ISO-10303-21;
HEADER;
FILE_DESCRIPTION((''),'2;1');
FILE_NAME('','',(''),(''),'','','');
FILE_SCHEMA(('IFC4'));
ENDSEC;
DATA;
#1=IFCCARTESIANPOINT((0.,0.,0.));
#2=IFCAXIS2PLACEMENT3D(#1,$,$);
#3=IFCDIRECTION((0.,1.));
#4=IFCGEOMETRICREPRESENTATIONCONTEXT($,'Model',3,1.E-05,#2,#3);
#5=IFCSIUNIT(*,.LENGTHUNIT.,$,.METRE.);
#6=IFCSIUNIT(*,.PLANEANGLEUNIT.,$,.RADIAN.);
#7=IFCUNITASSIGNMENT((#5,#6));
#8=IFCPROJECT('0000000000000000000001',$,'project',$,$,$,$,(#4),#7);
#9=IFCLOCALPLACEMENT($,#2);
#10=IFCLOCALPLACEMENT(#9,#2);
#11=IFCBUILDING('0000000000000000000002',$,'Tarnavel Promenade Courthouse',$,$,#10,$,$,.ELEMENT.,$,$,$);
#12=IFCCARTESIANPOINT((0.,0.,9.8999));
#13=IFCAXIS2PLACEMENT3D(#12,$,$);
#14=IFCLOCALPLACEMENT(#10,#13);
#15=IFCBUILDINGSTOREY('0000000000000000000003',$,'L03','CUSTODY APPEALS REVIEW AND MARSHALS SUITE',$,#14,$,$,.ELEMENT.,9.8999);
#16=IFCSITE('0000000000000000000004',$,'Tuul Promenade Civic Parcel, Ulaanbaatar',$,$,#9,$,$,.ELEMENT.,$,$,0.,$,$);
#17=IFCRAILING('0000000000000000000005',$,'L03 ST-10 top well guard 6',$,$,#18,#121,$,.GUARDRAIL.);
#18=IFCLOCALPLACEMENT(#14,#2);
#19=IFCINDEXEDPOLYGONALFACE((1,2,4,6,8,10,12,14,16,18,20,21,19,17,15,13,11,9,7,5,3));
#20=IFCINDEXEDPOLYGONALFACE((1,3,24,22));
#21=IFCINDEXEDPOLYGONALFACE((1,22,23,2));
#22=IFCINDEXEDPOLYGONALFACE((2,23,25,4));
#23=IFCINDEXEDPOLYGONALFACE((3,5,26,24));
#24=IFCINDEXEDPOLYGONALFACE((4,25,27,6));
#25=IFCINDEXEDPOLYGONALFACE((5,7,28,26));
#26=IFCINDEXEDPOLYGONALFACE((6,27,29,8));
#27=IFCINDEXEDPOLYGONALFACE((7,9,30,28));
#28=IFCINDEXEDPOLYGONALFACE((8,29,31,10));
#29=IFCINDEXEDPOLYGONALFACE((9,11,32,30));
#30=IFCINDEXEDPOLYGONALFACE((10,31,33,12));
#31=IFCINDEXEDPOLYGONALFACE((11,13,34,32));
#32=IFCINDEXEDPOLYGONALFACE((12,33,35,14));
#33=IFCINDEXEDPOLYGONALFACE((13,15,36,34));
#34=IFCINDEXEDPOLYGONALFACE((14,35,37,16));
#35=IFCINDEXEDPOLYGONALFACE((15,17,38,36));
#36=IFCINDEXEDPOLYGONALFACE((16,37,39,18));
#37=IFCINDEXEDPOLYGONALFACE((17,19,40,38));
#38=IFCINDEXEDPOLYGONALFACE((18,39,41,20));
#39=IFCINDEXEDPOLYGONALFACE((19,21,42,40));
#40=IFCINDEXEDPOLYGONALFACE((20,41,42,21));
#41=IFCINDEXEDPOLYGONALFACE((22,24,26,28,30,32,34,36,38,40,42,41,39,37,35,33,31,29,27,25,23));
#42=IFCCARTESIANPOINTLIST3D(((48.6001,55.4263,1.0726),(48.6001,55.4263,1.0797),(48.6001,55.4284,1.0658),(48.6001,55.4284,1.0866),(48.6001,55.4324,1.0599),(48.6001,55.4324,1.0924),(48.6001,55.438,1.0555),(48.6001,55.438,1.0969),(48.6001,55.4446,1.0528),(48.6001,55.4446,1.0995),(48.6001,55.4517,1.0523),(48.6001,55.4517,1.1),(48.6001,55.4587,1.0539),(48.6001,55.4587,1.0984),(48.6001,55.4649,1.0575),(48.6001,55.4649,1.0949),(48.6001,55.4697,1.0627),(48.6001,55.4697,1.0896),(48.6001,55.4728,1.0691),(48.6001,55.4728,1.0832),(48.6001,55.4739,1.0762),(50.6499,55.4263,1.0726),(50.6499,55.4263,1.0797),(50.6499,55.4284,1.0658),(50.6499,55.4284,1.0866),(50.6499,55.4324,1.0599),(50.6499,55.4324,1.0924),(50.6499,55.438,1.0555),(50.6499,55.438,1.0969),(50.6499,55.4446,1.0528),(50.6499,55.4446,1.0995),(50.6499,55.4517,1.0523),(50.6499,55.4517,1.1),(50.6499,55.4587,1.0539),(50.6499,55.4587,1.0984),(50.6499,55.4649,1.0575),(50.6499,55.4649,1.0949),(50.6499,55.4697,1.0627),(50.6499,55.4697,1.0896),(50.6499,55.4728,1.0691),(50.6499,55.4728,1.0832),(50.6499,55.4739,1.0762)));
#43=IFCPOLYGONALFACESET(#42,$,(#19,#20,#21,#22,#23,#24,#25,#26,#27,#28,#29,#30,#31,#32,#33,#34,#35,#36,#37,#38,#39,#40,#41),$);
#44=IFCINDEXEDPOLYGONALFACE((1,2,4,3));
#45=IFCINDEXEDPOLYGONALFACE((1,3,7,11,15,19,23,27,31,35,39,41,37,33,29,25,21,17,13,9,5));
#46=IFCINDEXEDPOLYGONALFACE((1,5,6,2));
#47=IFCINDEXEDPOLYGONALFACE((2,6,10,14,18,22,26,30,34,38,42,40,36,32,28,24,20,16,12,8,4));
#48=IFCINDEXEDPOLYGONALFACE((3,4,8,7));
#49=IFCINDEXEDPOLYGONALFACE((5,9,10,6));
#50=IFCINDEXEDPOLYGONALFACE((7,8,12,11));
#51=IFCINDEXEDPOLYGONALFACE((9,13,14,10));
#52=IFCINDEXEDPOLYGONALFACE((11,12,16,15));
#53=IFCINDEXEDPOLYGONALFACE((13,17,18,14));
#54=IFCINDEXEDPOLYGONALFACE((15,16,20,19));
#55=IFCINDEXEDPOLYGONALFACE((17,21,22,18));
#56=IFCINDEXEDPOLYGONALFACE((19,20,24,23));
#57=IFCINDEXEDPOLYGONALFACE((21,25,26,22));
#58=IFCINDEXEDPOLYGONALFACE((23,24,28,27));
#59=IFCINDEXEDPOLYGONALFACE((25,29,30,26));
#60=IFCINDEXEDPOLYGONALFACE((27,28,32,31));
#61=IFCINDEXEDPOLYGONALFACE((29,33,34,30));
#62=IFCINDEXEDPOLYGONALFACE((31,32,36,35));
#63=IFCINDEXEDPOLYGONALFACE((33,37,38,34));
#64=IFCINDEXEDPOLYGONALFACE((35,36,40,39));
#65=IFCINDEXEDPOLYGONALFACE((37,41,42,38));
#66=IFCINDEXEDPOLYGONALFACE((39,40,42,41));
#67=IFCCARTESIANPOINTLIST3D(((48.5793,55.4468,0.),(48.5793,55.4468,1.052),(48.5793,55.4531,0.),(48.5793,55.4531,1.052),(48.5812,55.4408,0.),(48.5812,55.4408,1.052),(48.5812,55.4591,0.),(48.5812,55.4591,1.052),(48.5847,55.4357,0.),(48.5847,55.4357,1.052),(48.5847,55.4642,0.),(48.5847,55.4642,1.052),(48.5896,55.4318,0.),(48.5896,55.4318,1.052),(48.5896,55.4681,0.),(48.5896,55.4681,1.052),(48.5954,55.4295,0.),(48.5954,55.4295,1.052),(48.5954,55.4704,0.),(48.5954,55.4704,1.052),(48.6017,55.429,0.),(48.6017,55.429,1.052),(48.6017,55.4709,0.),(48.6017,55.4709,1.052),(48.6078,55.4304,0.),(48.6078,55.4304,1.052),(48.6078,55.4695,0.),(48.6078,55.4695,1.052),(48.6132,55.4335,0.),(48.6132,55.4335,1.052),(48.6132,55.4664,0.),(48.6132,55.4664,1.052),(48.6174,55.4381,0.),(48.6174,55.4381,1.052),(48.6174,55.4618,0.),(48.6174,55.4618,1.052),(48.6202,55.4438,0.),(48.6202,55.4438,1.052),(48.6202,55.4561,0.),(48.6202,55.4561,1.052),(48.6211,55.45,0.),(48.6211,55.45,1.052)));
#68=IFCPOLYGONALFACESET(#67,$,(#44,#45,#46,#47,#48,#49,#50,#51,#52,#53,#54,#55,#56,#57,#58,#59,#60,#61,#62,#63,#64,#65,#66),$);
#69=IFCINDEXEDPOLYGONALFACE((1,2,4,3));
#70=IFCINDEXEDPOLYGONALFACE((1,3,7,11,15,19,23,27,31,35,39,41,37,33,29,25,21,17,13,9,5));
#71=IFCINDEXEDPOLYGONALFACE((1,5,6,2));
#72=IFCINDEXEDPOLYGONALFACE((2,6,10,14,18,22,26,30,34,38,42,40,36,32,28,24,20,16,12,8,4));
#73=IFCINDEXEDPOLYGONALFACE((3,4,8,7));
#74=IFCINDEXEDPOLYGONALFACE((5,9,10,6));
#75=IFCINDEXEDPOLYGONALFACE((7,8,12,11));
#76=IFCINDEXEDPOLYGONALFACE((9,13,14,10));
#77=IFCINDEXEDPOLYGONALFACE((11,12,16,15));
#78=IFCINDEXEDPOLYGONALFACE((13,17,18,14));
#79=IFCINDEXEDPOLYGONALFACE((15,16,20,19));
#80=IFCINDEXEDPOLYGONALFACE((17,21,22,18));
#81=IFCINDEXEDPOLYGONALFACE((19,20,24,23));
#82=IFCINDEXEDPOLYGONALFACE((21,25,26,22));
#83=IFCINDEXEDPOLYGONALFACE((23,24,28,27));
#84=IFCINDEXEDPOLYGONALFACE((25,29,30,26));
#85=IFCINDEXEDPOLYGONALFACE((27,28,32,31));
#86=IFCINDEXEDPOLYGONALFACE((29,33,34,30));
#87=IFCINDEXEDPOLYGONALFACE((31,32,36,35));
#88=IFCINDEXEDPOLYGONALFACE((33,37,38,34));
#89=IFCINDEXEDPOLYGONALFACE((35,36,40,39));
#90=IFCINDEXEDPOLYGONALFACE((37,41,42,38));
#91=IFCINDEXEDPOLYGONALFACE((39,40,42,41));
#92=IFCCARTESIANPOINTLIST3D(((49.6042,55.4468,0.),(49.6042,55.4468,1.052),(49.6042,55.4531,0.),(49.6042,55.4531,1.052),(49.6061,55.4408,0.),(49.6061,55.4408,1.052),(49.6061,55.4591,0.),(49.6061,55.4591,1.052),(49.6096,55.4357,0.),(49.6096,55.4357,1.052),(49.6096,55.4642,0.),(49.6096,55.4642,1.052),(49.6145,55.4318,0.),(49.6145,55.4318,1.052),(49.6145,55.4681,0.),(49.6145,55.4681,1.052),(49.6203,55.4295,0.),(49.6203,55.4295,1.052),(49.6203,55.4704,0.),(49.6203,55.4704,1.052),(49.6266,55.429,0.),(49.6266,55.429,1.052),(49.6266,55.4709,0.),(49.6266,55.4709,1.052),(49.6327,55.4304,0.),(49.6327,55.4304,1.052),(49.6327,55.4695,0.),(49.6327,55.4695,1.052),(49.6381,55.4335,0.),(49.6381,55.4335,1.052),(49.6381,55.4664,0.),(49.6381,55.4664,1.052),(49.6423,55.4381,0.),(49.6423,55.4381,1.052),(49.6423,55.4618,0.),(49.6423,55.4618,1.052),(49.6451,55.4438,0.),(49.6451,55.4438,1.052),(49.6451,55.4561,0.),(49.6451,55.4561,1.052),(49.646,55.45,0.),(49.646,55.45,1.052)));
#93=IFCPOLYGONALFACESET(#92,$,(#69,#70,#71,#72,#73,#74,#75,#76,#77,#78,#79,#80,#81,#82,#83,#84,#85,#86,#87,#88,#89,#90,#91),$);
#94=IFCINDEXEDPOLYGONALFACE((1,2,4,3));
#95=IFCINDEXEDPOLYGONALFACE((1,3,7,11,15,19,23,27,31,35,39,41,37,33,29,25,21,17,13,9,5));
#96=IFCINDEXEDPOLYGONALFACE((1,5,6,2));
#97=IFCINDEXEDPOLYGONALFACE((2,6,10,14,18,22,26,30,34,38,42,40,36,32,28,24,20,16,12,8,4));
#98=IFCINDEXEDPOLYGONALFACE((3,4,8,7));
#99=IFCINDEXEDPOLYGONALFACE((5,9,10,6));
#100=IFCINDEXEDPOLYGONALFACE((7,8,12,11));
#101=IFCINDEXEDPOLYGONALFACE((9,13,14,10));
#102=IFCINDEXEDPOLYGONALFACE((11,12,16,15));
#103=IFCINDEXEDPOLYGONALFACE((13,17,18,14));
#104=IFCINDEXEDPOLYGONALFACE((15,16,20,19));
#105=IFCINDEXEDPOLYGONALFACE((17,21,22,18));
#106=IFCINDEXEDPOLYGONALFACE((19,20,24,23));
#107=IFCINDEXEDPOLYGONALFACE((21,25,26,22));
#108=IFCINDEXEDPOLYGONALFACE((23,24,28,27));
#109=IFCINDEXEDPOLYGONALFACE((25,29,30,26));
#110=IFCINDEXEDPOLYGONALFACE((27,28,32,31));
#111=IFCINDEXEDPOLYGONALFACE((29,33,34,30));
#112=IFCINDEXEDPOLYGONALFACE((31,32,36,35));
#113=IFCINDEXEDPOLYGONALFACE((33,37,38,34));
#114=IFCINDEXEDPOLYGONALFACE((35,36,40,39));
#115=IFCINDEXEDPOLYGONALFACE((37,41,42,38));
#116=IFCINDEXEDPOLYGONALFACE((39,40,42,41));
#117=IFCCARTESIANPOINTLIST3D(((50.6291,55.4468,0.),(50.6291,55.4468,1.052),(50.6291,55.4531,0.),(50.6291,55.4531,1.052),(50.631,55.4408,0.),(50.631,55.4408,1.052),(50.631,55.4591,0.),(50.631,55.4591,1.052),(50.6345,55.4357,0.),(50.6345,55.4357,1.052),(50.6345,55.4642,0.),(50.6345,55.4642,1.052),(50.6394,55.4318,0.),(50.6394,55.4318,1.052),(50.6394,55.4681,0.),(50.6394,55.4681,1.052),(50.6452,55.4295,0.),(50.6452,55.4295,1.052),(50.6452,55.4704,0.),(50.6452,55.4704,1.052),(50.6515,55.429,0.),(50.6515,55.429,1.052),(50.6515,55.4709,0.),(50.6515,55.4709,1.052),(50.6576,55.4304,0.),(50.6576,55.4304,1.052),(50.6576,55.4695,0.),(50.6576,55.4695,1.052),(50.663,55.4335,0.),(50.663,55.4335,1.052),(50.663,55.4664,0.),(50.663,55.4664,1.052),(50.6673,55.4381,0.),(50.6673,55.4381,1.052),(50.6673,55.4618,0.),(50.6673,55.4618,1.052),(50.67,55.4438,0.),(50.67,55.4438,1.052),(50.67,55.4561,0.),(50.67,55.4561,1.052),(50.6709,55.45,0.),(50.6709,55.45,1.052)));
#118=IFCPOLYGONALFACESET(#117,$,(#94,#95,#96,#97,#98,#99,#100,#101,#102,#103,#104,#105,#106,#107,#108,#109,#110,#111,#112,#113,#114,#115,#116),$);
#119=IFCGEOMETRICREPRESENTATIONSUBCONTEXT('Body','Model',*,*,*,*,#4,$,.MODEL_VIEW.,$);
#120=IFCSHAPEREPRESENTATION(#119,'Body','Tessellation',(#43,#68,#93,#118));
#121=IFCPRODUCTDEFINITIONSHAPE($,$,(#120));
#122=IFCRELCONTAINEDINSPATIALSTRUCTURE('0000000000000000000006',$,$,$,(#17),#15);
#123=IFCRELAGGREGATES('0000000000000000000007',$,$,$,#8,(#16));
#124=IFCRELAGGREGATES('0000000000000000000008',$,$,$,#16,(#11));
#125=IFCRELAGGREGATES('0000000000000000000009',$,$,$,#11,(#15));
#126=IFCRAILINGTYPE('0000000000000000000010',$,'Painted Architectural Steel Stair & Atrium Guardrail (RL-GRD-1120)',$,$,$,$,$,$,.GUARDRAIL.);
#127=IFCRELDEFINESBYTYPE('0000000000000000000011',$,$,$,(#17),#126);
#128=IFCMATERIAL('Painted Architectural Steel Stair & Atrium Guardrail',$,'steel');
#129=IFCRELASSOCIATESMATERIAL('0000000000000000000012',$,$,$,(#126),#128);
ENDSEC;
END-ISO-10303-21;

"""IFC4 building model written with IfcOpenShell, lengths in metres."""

from ifc_helpers import new_model, si_unit, direction, frame, origin, origin_2d, place, context, subcontext, project, spatial, circle, extrude, material, type_object, element, save


model = new_model("IFC4")

# Units and contexts
model_context = context("Model", 3, precision=1e-05, world=origin(), true_north=direction((0.0, 1.0)))
body_context = subcontext(model_context, "Body", "Model", "MODEL_VIEW")
ifc_project = project(units=[si_unit("LENGTHUNIT", "METRE"), si_unit("PLANEANGLEUNIT", "RADIAN")], contexts=[model_context])

# Site, building, storey
site_placement = place(None, origin())
site = spatial("IfcSite", under=ifc_project, at=site_placement, Name="Tuul Promenade Civic Parcel, Ulaanbaatar", CompositionType="ELEMENT", RefElevation=0.0)
building_placement = place(site_placement, origin())
building = spatial("IfcBuilding", under=site, at=building_placement, Name="Tarnavel Promenade Courthouse", CompositionType="ELEMENT")
storey_placement = place(building_placement, frame((0.0, 0.0, 9.8999)))
storey = spatial("IfcBuildingStorey", under=building, at=storey_placement, Name="L03", Description="CUSTODY APPEALS REVIEW AND MARSHALS SUITE", CompositionType="ELEMENT", Elevation=9.8999)

# Railing
ifc_material_1 = material(Name="Painted Architectural Steel Stair & Atrium Guardrail", Category="steel")
railing_type = type_object("IfcRailingType", Name="Painted Architectural Steel Stair & Atrium Guardrail (RL-GRD-1120)", PredefinedType="GUARDRAIL", material=ifc_material_1)
for number, where, name in (
    (1, (48.6001, 55.45, 0.0), "L03 ST-10 top well guard 6"),
):
    element("IfcRailing", number, at=place(storey_placement, frame(where)), inside=storey, type_object=railing_type, Name=name, PredefinedType="GUARDRAIL", context=body_context, shape_type="SweptSolid", body=[
        extrude(circle(Radius=0.0239, at=origin_2d()), frame((0.0, 0.0, 1.0762), z_axis=(1.0, 0.0, 0.0), x_axis=(0.0, 1.0, 0.0)), (0.0, 0.0, 1.0), 2.0498),
        extrude(circle(Radius=0.021, at=origin_2d()), origin(), (0.0, 0.0, 1.0), 1.052),
        extrude(circle(Radius=0.021, at=origin_2d()), frame((1.0249, 0.0, 0.0)), (0.0, 0.0, 1.0), 1.052),
        extrude(circle(Radius=0.021, at=origin_2d()), frame((2.0498, 0.0, 0.0)), (0.0, 0.0, 1.0), 1.052),
    ])

save(model, "model.ifc")
